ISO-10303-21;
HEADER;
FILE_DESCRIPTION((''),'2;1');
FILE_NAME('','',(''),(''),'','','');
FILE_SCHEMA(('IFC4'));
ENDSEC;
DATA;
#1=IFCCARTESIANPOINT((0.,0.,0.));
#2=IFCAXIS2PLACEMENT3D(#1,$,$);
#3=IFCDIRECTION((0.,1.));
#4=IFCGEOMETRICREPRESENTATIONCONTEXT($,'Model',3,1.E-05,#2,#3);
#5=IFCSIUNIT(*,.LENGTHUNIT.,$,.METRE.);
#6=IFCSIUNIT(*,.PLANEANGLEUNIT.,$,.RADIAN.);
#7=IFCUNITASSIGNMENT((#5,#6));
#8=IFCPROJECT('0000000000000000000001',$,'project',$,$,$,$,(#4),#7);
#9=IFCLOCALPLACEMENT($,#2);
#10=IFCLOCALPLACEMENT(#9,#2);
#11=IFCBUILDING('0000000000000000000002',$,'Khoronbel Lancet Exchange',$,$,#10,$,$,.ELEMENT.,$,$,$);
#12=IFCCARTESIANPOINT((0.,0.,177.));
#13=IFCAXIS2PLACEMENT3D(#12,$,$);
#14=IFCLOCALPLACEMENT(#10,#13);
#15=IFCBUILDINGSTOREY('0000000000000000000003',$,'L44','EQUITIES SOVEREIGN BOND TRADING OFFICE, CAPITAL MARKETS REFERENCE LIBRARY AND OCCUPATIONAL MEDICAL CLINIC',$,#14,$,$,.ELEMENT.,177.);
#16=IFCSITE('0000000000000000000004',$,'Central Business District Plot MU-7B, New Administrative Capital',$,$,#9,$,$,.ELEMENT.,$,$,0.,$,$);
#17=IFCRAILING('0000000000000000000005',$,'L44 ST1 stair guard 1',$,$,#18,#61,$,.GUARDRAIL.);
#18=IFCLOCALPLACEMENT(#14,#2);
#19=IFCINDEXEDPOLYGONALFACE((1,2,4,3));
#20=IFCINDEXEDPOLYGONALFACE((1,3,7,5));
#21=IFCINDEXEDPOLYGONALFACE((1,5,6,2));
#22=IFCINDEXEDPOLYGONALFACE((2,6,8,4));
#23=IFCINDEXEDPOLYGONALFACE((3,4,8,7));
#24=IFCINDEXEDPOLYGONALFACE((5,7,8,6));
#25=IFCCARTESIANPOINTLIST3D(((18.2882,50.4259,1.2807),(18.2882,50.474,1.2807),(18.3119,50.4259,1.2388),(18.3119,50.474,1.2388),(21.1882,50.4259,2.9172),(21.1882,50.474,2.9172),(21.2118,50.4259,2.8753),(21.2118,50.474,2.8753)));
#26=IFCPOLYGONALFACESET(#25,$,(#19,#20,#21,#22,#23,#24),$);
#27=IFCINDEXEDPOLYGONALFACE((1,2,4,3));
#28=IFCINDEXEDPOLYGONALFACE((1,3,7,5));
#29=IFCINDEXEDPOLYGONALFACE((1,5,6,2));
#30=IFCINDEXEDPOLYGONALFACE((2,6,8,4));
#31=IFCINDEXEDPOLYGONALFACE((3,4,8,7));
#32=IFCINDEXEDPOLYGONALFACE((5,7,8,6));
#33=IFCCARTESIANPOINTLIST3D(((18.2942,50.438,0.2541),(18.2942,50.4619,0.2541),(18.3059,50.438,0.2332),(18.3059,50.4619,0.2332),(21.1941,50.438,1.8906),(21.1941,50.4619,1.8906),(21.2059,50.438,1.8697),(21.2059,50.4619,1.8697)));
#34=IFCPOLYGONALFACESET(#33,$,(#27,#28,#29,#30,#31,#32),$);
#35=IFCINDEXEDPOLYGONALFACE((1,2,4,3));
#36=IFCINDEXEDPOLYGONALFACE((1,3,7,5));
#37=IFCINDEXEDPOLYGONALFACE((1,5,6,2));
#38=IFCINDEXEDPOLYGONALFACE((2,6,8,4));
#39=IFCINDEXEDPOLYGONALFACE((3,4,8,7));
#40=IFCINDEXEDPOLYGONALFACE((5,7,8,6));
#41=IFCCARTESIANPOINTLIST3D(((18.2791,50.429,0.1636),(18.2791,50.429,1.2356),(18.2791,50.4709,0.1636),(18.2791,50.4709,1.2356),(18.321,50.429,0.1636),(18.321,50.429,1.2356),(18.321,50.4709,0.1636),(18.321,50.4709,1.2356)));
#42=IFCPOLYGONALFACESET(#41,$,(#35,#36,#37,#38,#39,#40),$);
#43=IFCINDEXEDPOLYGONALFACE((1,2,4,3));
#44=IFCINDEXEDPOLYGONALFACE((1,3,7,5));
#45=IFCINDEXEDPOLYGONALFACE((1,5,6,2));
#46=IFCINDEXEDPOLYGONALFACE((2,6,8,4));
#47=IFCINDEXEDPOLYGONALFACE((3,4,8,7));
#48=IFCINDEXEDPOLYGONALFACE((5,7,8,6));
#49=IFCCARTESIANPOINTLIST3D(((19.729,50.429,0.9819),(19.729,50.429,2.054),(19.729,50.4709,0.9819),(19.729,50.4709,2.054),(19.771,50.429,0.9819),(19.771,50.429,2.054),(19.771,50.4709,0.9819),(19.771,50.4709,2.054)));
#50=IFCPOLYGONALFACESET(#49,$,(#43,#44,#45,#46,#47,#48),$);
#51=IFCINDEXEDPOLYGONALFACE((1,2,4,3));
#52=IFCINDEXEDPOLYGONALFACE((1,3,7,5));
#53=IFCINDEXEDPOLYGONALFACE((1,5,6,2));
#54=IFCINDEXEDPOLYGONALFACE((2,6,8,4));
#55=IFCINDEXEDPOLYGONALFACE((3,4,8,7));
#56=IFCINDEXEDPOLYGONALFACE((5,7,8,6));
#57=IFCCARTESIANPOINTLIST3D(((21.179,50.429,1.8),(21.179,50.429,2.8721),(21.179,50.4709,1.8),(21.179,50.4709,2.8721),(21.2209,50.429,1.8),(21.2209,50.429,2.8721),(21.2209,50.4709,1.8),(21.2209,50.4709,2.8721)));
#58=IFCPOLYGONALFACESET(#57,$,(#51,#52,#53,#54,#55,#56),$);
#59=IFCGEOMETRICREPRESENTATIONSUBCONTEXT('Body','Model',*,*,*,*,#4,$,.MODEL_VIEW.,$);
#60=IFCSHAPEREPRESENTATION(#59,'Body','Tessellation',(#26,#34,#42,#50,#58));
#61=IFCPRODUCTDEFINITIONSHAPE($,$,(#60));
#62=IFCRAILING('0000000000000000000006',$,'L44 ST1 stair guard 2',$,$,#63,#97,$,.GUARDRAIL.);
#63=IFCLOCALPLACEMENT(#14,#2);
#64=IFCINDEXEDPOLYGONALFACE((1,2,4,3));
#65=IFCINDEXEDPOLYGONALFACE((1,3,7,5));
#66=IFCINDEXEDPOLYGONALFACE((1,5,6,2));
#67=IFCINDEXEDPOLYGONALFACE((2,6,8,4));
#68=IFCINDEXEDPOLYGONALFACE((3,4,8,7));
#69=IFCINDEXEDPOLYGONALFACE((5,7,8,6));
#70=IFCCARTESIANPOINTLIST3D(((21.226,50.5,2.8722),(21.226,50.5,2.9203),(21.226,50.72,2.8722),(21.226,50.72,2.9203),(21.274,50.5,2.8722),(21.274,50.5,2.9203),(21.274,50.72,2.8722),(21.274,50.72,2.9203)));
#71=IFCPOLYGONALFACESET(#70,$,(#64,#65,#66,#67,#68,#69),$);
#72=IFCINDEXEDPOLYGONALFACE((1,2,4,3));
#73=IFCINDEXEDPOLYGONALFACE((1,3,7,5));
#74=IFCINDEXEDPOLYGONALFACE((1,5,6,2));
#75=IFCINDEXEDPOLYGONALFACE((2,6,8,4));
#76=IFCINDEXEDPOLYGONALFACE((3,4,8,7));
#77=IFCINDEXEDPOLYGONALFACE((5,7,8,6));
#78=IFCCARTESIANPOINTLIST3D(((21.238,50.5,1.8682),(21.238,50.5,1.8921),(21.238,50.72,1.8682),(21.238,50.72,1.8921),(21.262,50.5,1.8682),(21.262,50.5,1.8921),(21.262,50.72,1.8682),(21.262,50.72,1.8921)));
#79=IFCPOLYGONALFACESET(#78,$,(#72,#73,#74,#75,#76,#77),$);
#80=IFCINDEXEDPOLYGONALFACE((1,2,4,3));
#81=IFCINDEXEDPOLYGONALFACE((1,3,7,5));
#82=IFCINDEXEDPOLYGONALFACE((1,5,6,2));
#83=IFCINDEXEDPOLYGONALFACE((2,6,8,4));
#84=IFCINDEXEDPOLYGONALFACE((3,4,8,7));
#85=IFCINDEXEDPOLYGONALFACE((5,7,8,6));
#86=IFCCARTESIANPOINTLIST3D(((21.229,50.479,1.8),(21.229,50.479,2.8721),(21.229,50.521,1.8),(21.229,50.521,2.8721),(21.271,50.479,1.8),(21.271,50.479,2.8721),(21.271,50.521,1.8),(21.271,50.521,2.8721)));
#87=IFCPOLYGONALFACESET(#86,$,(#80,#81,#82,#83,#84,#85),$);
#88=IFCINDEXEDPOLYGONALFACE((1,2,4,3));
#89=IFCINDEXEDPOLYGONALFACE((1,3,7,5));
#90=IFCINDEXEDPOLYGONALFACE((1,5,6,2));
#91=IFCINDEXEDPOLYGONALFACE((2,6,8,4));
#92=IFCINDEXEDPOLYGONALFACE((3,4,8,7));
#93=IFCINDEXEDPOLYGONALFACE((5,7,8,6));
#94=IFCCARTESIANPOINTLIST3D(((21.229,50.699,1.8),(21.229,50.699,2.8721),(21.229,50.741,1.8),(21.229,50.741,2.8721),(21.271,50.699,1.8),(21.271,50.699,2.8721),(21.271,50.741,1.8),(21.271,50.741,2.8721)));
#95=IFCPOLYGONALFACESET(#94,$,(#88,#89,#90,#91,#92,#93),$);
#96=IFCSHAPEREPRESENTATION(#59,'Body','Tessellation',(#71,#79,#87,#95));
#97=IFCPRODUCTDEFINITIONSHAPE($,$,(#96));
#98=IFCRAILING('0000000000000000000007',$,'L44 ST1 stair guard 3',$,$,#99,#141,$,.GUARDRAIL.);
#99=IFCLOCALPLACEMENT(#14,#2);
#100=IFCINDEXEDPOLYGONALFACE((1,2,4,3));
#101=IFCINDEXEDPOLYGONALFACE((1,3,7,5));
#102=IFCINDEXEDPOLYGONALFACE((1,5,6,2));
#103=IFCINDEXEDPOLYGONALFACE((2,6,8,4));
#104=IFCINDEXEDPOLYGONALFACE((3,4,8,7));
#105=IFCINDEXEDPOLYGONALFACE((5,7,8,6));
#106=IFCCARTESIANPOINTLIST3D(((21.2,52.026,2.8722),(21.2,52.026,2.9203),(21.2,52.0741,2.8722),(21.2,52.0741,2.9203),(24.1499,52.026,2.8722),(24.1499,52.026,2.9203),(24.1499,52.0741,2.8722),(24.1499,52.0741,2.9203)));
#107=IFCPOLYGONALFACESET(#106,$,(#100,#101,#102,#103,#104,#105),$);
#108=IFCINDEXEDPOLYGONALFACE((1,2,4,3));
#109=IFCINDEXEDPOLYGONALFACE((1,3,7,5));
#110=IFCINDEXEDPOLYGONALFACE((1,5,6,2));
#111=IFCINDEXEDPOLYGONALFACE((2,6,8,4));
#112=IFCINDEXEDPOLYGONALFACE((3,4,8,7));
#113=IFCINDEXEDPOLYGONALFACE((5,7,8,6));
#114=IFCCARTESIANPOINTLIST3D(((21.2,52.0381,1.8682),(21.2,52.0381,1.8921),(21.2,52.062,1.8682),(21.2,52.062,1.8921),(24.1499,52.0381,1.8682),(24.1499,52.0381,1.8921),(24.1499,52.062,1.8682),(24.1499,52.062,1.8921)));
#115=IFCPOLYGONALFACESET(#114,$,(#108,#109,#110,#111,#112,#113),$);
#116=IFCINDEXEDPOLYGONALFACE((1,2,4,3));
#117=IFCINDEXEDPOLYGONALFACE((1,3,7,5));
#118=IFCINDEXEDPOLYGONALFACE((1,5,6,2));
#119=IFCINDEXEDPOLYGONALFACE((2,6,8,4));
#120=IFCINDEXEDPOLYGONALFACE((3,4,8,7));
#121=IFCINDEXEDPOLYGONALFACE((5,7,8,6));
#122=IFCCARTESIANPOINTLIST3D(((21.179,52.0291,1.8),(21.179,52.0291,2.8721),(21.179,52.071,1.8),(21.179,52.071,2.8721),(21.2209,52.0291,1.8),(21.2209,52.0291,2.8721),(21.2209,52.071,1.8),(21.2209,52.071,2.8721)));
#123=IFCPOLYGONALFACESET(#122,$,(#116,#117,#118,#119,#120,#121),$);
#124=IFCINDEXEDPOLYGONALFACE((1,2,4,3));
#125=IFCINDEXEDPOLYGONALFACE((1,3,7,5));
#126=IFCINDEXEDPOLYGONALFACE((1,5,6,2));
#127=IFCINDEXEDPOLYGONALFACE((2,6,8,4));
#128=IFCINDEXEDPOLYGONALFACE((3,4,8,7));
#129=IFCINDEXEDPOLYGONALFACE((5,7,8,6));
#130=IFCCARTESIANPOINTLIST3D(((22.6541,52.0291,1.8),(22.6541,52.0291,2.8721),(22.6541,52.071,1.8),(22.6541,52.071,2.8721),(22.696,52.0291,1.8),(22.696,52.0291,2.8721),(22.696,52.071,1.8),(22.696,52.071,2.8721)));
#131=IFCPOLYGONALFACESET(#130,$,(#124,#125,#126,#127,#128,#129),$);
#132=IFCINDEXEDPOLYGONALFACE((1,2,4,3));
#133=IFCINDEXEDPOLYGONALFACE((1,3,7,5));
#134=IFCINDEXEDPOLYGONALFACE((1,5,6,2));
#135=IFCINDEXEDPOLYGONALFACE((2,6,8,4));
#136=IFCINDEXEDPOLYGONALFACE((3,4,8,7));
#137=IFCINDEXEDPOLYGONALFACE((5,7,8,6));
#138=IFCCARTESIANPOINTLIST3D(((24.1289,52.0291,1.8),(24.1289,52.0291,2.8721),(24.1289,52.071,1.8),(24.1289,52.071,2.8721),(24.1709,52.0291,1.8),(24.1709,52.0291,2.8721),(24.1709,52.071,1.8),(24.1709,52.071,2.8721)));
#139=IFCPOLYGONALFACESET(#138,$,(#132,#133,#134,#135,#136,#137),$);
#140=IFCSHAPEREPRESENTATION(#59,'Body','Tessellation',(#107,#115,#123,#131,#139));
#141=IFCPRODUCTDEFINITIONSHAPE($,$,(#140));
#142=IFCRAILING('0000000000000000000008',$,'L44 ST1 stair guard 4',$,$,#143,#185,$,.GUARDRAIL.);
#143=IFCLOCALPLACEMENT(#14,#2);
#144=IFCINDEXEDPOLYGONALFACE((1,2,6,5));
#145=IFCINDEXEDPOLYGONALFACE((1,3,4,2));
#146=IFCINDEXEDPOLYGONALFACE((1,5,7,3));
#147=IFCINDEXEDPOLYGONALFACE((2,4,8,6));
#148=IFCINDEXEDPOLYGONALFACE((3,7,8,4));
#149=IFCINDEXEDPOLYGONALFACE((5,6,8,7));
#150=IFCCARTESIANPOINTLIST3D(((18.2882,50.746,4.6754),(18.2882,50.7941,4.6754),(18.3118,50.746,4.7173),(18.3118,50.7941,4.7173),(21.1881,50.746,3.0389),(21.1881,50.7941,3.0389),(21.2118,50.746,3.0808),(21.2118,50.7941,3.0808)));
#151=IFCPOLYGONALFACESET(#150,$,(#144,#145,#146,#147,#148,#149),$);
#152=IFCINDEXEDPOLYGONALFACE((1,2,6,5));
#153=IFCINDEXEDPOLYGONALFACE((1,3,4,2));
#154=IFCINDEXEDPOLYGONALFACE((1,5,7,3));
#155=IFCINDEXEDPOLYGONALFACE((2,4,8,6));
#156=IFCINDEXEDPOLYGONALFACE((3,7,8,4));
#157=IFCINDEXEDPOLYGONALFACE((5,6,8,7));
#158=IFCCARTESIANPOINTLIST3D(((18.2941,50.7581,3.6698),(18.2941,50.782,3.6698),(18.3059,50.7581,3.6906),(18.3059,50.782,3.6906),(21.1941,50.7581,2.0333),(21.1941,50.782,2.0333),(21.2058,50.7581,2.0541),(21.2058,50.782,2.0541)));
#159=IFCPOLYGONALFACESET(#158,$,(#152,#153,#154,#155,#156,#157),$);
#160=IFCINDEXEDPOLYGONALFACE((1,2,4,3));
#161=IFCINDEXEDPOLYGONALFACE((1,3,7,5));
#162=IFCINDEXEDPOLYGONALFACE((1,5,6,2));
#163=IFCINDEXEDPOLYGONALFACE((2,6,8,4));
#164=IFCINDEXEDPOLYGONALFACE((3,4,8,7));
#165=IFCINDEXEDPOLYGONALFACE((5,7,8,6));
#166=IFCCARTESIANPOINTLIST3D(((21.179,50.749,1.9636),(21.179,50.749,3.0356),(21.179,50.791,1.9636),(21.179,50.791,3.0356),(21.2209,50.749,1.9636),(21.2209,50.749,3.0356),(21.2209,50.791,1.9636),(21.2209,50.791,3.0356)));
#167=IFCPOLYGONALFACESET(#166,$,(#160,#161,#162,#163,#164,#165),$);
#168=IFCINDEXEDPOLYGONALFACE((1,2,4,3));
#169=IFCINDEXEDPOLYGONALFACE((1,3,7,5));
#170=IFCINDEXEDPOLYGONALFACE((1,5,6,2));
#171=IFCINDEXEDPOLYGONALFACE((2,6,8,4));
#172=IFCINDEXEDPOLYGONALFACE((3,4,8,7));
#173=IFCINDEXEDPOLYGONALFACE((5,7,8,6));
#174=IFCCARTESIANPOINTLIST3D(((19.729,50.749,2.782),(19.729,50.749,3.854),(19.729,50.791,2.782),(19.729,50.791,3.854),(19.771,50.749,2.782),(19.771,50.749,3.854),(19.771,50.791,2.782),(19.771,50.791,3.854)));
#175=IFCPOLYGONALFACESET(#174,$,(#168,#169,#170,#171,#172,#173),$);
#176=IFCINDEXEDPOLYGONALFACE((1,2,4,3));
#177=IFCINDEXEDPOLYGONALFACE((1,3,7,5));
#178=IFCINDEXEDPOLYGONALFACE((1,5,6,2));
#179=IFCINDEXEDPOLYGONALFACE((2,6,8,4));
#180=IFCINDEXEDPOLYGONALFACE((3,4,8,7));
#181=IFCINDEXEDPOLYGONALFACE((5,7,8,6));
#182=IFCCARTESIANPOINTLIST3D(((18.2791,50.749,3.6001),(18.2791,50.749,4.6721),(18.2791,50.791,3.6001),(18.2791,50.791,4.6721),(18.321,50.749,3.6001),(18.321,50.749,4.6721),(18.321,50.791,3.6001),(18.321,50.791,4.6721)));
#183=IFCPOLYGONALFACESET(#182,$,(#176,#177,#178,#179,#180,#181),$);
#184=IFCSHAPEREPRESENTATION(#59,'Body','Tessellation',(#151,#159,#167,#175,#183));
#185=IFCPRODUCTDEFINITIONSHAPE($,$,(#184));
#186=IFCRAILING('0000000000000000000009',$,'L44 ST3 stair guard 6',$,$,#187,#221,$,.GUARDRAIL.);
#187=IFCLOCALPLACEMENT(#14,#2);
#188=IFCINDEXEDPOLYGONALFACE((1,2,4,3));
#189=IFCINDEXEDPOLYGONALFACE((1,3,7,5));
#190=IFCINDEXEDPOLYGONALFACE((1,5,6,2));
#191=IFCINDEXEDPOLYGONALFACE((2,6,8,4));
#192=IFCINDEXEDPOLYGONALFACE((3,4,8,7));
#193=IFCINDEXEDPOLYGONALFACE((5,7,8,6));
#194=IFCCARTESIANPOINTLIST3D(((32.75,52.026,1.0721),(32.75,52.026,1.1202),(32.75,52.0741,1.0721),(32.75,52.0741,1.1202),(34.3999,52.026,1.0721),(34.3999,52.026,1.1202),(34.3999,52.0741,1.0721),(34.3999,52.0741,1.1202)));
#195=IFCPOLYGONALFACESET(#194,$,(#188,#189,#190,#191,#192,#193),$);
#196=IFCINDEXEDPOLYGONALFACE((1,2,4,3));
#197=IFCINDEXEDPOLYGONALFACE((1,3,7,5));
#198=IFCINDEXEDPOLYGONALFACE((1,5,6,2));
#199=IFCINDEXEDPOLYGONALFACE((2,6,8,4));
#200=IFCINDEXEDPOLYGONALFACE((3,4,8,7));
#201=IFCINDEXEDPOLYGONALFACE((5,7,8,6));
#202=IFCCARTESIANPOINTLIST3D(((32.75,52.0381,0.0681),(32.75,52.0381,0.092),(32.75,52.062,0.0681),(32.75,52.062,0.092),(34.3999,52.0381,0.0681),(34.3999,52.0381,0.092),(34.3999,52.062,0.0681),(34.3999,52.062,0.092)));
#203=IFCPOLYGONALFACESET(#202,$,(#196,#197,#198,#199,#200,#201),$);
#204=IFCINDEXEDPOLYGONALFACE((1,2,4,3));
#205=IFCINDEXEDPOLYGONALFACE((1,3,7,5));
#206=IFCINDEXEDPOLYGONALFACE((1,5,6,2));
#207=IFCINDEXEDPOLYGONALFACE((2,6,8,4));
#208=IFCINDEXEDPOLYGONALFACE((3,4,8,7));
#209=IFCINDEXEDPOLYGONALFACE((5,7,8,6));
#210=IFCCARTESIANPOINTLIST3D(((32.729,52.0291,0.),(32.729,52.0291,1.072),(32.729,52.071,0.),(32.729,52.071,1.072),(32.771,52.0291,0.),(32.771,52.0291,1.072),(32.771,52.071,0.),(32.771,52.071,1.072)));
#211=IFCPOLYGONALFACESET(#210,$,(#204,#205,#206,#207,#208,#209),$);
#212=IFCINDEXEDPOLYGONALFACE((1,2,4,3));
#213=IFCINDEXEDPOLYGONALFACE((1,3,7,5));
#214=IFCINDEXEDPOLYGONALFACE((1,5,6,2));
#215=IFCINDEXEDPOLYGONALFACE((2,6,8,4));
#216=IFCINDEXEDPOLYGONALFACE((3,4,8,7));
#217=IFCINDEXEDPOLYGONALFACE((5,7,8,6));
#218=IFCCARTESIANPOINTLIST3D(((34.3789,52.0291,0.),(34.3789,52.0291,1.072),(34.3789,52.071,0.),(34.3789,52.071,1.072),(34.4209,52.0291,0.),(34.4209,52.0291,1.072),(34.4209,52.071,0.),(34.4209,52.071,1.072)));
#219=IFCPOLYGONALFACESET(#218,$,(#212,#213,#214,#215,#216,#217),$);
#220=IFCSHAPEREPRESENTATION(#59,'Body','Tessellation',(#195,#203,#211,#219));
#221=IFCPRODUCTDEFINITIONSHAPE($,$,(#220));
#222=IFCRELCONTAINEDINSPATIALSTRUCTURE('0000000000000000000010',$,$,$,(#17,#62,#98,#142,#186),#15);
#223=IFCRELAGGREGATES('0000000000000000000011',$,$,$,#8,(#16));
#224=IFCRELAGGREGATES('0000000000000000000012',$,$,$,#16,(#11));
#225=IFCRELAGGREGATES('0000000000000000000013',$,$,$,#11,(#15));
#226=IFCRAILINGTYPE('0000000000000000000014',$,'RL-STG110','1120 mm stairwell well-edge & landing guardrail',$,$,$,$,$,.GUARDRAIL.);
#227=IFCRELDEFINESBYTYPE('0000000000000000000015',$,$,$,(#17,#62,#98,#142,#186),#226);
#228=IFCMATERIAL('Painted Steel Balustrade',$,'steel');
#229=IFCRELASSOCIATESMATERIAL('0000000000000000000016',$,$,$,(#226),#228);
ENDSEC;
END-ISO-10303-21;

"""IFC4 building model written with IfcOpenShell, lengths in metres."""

from ifc_helpers import new_model, si_unit, direction, frame, origin, origin_2d, place, context, subcontext, project, spatial, rectangle, extrude, material, type_object, element, save


model = new_model("IFC4")

# Units and contexts
model_context = context("Model", 3, precision=1e-05, world=origin(), true_north=direction((0.0, 1.0)))
body_context = subcontext(model_context, "Body", "Model", "MODEL_VIEW")
ifc_project = project(units=[si_unit("LENGTHUNIT", "METRE"), si_unit("PLANEANGLEUNIT", "RADIAN")], contexts=[model_context])

# Site, building, storey
site_placement = place(None, origin())
site = spatial("IfcSite", under=ifc_project, at=site_placement, Name="Central Business District Plot MU-7B, New Administrative Capital", CompositionType="ELEMENT", RefElevation=0.0)
building_placement = place(site_placement, origin())
building = spatial("IfcBuilding", under=site, at=building_placement, Name="Khoronbel Lancet Exchange", CompositionType="ELEMENT")
storey_placement = place(building_placement, frame((0.0, 0.0, 177.0)))
storey = spatial("IfcBuildingStorey", under=building, at=storey_placement, Name="L44", Description="EQUITIES SOVEREIGN BOND TRADING OFFICE, CAPITAL MARKETS REFERENCE LIBRARY AND OCCUPATIONAL MEDICAL CLINIC", CompositionType="ELEMENT", Elevation=177.0)

# Railings
ifc_material_1 = material(Name="Painted Steel Balustrade", Category="steel")
railing_type_1 = type_object("IfcRailingType", Name="RL-STG110", Description="1120 mm stairwell well-edge & landing guardrail", PredefinedType="GUARDRAIL", material=ifc_material_1)
railing_1_placement = place(storey_placement, frame((18.3, 50.45, 0.1636)))
element("IfcRailing", 1, at=railing_1_placement, inside=storey, type_object=railing_type_1, Name="L44 ST1 stair guard 1", PredefinedType="GUARDRAIL", context=body_context, shape_type="SweptSolid", body=[
    extrude(rectangle(XDim=0.0481, YDim=0.0481, at=origin_2d()), frame((0.0, 0.0, 1.0962), z_axis=(0.870897, 0.0, 0.491465), x_axis=(0.0, 1.0, 0.0)), (0.0, 0.0, 1.0), 3.3298),
    extrude(rectangle(XDim=0.0239, YDim=0.0239, at=origin_2d()), frame((0.0, 0.0, 0.0801), z_axis=(0.870897, 0.0, 0.491465), x_axis=(0.0, 1.0, 0.0)), (0.0, 0.0, 1.0), 3.3298),
    extrude(rectangle(XDim=0.042, YDim=0.042, at=origin_2d()), origin(), (0.0, 0.0, 1.0), 1.072),
    extrude(rectangle(XDim=0.042, YDim=0.042, at=origin_2d()), frame((1.45, 0.0, 0.8184)), (0.0, 0.0, 1.0), 1.072),
    extrude(rectangle(XDim=0.042, YDim=0.042, at=origin_2d()), frame((2.8999, 0.0, 1.6365)), (0.0, 0.0, 1.0), 1.072),
])
railing_2_placement = place(storey_placement, frame((21.25, 50.5, 1.8)))
element("IfcRailing", 2, at=railing_2_placement, inside=storey, type_object=railing_type_1, Name="L44 ST1 stair guard 2", PredefinedType="GUARDRAIL", context=body_context, shape_type="SweptSolid", body=[
    extrude(rectangle(XDim=0.0481, YDim=0.0481, at=origin_2d()), frame((0.0, 0.0, 1.0962), z_axis=(0.0, 1.0, 0.0), x_axis=(-1.0, 0.0, 0.0)), (0.0, 0.0, 1.0), 0.22),
    extrude(rectangle(XDim=0.0239, YDim=0.0239, at=origin_2d()), frame((0.0, 0.0, 0.0801), z_axis=(0.0, 1.0, 0.0), x_axis=(-1.0, 0.0, 0.0)), (0.0, 0.0, 1.0), 0.22),
    extrude(rectangle(XDim=0.042, YDim=0.042, at=origin_2d()), origin(), (0.0, 0.0, 1.0), 1.072),
    extrude(rectangle(XDim=0.042, YDim=0.042, at=origin_2d()), frame((0.0, 0.22, 0.0)), (0.0, 0.0, 1.0), 1.072),
])
railing_3_placement = place(storey_placement, frame((21.2, 52.05, 1.8)))
element("IfcRailing", 3, at=railing_3_placement, inside=storey, type_object=railing_type_1, Name="L44 ST1 stair guard 3", PredefinedType="GUARDRAIL", context=body_context, shape_type="SweptSolid", body=[
    extrude(rectangle(XDim=0.0481, YDim=0.0481, at=origin_2d()), frame((0.0, 0.0, 1.0962), z_axis=(1.0, 0.0, 0.0), x_axis=(0.0, 1.0, 0.0)), (0.0, 0.0, 1.0), 2.95),
    extrude(rectangle(XDim=0.0239, YDim=0.0239, at=origin_2d()), frame((0.0, 0.0, 0.0801), z_axis=(1.0, 0.0, 0.0), x_axis=(0.0, 1.0, 0.0)), (0.0, 0.0, 1.0), 2.95),
    extrude(rectangle(XDim=0.042, YDim=0.042, at=origin_2d()), origin(), (0.0, 0.0, 1.0), 1.072),
    extrude(rectangle(XDim=0.042, YDim=0.042, at=origin_2d()), frame((1.4751, 0.0, 0.0)), (0.0, 0.0, 1.0), 1.072),
    extrude(rectangle(XDim=0.042, YDim=0.042, at=origin_2d()), frame((2.95, 0.0, 0.0)), (0.0, 0.0, 1.0), 1.072),
])
railing_4_placement = place(storey_placement, frame((21.2, 50.77, 1.9636)))
element("IfcRailing", 4, at=railing_4_placement, inside=storey, type_object=railing_type_1, Name="L44 ST1 stair guard 4", PredefinedType="GUARDRAIL", context=body_context, shape_type="SweptSolid", body=[
    extrude(rectangle(XDim=0.0481, YDim=0.0481, at=origin_2d()), frame((0.0, 0.0, 1.0962), z_axis=(-0.870897, 0.0, 0.491465), x_axis=(0.0, -1.0, 0.0)), (0.0, 0.0, 1.0), 3.3298),
    extrude(rectangle(XDim=0.0239, YDim=0.0239, at=origin_2d()), frame((0.0, 0.0, 0.0801), z_axis=(-0.870897, 0.0, 0.491465), x_axis=(0.0, -1.0, 0.0)), (0.0, 0.0, 1.0), 3.3298),
    extrude(rectangle(XDim=0.042, YDim=0.042, at=origin_2d()), origin(), (0.0, 0.0, 1.0), 1.072),
    extrude(rectangle(XDim=0.042, YDim=0.042, at=origin_2d()), frame((-1.45, 0.0, 0.8184)), (0.0, 0.0, 1.0), 1.072),
    extrude(rectangle(XDim=0.042, YDim=0.042, at=origin_2d()), frame((-2.8999, 0.0, 1.6365)), (0.0, 0.0, 1.0), 1.072),
])
railing_5_placement = place(storey_placement, frame((32.75, 52.05, 0.0)))
element("IfcRailing", 5, at=railing_5_placement, inside=storey, type_object=railing_type_1, Name="L44 ST3 stair guard 6", PredefinedType="GUARDRAIL", context=body_context, shape_type="SweptSolid", body=[
    extrude(rectangle(XDim=0.0481, YDim=0.0481, at=origin_2d()), frame((0.0, 0.0, 1.0962), z_axis=(1.0, 0.0, 0.0), x_axis=(0.0, 1.0, 0.0)), (0.0, 0.0, 1.0), 1.6499),
    extrude(rectangle(XDim=0.0239, YDim=0.0239, at=origin_2d()), frame((0.0, 0.0, 0.0801), z_axis=(1.0, 0.0, 0.0), x_axis=(0.0, 1.0, 0.0)), (0.0, 0.0, 1.0), 1.6499),
    extrude(rectangle(XDim=0.042, YDim=0.042, at=origin_2d()), origin(), (0.0, 0.0, 1.0), 1.072),
    extrude(rectangle(XDim=0.042, YDim=0.042, at=origin_2d()), frame((1.6499, 0.0, 0.0)), (0.0, 0.0, 1.0), 1.072),
])

save(model, "model.ifc")
